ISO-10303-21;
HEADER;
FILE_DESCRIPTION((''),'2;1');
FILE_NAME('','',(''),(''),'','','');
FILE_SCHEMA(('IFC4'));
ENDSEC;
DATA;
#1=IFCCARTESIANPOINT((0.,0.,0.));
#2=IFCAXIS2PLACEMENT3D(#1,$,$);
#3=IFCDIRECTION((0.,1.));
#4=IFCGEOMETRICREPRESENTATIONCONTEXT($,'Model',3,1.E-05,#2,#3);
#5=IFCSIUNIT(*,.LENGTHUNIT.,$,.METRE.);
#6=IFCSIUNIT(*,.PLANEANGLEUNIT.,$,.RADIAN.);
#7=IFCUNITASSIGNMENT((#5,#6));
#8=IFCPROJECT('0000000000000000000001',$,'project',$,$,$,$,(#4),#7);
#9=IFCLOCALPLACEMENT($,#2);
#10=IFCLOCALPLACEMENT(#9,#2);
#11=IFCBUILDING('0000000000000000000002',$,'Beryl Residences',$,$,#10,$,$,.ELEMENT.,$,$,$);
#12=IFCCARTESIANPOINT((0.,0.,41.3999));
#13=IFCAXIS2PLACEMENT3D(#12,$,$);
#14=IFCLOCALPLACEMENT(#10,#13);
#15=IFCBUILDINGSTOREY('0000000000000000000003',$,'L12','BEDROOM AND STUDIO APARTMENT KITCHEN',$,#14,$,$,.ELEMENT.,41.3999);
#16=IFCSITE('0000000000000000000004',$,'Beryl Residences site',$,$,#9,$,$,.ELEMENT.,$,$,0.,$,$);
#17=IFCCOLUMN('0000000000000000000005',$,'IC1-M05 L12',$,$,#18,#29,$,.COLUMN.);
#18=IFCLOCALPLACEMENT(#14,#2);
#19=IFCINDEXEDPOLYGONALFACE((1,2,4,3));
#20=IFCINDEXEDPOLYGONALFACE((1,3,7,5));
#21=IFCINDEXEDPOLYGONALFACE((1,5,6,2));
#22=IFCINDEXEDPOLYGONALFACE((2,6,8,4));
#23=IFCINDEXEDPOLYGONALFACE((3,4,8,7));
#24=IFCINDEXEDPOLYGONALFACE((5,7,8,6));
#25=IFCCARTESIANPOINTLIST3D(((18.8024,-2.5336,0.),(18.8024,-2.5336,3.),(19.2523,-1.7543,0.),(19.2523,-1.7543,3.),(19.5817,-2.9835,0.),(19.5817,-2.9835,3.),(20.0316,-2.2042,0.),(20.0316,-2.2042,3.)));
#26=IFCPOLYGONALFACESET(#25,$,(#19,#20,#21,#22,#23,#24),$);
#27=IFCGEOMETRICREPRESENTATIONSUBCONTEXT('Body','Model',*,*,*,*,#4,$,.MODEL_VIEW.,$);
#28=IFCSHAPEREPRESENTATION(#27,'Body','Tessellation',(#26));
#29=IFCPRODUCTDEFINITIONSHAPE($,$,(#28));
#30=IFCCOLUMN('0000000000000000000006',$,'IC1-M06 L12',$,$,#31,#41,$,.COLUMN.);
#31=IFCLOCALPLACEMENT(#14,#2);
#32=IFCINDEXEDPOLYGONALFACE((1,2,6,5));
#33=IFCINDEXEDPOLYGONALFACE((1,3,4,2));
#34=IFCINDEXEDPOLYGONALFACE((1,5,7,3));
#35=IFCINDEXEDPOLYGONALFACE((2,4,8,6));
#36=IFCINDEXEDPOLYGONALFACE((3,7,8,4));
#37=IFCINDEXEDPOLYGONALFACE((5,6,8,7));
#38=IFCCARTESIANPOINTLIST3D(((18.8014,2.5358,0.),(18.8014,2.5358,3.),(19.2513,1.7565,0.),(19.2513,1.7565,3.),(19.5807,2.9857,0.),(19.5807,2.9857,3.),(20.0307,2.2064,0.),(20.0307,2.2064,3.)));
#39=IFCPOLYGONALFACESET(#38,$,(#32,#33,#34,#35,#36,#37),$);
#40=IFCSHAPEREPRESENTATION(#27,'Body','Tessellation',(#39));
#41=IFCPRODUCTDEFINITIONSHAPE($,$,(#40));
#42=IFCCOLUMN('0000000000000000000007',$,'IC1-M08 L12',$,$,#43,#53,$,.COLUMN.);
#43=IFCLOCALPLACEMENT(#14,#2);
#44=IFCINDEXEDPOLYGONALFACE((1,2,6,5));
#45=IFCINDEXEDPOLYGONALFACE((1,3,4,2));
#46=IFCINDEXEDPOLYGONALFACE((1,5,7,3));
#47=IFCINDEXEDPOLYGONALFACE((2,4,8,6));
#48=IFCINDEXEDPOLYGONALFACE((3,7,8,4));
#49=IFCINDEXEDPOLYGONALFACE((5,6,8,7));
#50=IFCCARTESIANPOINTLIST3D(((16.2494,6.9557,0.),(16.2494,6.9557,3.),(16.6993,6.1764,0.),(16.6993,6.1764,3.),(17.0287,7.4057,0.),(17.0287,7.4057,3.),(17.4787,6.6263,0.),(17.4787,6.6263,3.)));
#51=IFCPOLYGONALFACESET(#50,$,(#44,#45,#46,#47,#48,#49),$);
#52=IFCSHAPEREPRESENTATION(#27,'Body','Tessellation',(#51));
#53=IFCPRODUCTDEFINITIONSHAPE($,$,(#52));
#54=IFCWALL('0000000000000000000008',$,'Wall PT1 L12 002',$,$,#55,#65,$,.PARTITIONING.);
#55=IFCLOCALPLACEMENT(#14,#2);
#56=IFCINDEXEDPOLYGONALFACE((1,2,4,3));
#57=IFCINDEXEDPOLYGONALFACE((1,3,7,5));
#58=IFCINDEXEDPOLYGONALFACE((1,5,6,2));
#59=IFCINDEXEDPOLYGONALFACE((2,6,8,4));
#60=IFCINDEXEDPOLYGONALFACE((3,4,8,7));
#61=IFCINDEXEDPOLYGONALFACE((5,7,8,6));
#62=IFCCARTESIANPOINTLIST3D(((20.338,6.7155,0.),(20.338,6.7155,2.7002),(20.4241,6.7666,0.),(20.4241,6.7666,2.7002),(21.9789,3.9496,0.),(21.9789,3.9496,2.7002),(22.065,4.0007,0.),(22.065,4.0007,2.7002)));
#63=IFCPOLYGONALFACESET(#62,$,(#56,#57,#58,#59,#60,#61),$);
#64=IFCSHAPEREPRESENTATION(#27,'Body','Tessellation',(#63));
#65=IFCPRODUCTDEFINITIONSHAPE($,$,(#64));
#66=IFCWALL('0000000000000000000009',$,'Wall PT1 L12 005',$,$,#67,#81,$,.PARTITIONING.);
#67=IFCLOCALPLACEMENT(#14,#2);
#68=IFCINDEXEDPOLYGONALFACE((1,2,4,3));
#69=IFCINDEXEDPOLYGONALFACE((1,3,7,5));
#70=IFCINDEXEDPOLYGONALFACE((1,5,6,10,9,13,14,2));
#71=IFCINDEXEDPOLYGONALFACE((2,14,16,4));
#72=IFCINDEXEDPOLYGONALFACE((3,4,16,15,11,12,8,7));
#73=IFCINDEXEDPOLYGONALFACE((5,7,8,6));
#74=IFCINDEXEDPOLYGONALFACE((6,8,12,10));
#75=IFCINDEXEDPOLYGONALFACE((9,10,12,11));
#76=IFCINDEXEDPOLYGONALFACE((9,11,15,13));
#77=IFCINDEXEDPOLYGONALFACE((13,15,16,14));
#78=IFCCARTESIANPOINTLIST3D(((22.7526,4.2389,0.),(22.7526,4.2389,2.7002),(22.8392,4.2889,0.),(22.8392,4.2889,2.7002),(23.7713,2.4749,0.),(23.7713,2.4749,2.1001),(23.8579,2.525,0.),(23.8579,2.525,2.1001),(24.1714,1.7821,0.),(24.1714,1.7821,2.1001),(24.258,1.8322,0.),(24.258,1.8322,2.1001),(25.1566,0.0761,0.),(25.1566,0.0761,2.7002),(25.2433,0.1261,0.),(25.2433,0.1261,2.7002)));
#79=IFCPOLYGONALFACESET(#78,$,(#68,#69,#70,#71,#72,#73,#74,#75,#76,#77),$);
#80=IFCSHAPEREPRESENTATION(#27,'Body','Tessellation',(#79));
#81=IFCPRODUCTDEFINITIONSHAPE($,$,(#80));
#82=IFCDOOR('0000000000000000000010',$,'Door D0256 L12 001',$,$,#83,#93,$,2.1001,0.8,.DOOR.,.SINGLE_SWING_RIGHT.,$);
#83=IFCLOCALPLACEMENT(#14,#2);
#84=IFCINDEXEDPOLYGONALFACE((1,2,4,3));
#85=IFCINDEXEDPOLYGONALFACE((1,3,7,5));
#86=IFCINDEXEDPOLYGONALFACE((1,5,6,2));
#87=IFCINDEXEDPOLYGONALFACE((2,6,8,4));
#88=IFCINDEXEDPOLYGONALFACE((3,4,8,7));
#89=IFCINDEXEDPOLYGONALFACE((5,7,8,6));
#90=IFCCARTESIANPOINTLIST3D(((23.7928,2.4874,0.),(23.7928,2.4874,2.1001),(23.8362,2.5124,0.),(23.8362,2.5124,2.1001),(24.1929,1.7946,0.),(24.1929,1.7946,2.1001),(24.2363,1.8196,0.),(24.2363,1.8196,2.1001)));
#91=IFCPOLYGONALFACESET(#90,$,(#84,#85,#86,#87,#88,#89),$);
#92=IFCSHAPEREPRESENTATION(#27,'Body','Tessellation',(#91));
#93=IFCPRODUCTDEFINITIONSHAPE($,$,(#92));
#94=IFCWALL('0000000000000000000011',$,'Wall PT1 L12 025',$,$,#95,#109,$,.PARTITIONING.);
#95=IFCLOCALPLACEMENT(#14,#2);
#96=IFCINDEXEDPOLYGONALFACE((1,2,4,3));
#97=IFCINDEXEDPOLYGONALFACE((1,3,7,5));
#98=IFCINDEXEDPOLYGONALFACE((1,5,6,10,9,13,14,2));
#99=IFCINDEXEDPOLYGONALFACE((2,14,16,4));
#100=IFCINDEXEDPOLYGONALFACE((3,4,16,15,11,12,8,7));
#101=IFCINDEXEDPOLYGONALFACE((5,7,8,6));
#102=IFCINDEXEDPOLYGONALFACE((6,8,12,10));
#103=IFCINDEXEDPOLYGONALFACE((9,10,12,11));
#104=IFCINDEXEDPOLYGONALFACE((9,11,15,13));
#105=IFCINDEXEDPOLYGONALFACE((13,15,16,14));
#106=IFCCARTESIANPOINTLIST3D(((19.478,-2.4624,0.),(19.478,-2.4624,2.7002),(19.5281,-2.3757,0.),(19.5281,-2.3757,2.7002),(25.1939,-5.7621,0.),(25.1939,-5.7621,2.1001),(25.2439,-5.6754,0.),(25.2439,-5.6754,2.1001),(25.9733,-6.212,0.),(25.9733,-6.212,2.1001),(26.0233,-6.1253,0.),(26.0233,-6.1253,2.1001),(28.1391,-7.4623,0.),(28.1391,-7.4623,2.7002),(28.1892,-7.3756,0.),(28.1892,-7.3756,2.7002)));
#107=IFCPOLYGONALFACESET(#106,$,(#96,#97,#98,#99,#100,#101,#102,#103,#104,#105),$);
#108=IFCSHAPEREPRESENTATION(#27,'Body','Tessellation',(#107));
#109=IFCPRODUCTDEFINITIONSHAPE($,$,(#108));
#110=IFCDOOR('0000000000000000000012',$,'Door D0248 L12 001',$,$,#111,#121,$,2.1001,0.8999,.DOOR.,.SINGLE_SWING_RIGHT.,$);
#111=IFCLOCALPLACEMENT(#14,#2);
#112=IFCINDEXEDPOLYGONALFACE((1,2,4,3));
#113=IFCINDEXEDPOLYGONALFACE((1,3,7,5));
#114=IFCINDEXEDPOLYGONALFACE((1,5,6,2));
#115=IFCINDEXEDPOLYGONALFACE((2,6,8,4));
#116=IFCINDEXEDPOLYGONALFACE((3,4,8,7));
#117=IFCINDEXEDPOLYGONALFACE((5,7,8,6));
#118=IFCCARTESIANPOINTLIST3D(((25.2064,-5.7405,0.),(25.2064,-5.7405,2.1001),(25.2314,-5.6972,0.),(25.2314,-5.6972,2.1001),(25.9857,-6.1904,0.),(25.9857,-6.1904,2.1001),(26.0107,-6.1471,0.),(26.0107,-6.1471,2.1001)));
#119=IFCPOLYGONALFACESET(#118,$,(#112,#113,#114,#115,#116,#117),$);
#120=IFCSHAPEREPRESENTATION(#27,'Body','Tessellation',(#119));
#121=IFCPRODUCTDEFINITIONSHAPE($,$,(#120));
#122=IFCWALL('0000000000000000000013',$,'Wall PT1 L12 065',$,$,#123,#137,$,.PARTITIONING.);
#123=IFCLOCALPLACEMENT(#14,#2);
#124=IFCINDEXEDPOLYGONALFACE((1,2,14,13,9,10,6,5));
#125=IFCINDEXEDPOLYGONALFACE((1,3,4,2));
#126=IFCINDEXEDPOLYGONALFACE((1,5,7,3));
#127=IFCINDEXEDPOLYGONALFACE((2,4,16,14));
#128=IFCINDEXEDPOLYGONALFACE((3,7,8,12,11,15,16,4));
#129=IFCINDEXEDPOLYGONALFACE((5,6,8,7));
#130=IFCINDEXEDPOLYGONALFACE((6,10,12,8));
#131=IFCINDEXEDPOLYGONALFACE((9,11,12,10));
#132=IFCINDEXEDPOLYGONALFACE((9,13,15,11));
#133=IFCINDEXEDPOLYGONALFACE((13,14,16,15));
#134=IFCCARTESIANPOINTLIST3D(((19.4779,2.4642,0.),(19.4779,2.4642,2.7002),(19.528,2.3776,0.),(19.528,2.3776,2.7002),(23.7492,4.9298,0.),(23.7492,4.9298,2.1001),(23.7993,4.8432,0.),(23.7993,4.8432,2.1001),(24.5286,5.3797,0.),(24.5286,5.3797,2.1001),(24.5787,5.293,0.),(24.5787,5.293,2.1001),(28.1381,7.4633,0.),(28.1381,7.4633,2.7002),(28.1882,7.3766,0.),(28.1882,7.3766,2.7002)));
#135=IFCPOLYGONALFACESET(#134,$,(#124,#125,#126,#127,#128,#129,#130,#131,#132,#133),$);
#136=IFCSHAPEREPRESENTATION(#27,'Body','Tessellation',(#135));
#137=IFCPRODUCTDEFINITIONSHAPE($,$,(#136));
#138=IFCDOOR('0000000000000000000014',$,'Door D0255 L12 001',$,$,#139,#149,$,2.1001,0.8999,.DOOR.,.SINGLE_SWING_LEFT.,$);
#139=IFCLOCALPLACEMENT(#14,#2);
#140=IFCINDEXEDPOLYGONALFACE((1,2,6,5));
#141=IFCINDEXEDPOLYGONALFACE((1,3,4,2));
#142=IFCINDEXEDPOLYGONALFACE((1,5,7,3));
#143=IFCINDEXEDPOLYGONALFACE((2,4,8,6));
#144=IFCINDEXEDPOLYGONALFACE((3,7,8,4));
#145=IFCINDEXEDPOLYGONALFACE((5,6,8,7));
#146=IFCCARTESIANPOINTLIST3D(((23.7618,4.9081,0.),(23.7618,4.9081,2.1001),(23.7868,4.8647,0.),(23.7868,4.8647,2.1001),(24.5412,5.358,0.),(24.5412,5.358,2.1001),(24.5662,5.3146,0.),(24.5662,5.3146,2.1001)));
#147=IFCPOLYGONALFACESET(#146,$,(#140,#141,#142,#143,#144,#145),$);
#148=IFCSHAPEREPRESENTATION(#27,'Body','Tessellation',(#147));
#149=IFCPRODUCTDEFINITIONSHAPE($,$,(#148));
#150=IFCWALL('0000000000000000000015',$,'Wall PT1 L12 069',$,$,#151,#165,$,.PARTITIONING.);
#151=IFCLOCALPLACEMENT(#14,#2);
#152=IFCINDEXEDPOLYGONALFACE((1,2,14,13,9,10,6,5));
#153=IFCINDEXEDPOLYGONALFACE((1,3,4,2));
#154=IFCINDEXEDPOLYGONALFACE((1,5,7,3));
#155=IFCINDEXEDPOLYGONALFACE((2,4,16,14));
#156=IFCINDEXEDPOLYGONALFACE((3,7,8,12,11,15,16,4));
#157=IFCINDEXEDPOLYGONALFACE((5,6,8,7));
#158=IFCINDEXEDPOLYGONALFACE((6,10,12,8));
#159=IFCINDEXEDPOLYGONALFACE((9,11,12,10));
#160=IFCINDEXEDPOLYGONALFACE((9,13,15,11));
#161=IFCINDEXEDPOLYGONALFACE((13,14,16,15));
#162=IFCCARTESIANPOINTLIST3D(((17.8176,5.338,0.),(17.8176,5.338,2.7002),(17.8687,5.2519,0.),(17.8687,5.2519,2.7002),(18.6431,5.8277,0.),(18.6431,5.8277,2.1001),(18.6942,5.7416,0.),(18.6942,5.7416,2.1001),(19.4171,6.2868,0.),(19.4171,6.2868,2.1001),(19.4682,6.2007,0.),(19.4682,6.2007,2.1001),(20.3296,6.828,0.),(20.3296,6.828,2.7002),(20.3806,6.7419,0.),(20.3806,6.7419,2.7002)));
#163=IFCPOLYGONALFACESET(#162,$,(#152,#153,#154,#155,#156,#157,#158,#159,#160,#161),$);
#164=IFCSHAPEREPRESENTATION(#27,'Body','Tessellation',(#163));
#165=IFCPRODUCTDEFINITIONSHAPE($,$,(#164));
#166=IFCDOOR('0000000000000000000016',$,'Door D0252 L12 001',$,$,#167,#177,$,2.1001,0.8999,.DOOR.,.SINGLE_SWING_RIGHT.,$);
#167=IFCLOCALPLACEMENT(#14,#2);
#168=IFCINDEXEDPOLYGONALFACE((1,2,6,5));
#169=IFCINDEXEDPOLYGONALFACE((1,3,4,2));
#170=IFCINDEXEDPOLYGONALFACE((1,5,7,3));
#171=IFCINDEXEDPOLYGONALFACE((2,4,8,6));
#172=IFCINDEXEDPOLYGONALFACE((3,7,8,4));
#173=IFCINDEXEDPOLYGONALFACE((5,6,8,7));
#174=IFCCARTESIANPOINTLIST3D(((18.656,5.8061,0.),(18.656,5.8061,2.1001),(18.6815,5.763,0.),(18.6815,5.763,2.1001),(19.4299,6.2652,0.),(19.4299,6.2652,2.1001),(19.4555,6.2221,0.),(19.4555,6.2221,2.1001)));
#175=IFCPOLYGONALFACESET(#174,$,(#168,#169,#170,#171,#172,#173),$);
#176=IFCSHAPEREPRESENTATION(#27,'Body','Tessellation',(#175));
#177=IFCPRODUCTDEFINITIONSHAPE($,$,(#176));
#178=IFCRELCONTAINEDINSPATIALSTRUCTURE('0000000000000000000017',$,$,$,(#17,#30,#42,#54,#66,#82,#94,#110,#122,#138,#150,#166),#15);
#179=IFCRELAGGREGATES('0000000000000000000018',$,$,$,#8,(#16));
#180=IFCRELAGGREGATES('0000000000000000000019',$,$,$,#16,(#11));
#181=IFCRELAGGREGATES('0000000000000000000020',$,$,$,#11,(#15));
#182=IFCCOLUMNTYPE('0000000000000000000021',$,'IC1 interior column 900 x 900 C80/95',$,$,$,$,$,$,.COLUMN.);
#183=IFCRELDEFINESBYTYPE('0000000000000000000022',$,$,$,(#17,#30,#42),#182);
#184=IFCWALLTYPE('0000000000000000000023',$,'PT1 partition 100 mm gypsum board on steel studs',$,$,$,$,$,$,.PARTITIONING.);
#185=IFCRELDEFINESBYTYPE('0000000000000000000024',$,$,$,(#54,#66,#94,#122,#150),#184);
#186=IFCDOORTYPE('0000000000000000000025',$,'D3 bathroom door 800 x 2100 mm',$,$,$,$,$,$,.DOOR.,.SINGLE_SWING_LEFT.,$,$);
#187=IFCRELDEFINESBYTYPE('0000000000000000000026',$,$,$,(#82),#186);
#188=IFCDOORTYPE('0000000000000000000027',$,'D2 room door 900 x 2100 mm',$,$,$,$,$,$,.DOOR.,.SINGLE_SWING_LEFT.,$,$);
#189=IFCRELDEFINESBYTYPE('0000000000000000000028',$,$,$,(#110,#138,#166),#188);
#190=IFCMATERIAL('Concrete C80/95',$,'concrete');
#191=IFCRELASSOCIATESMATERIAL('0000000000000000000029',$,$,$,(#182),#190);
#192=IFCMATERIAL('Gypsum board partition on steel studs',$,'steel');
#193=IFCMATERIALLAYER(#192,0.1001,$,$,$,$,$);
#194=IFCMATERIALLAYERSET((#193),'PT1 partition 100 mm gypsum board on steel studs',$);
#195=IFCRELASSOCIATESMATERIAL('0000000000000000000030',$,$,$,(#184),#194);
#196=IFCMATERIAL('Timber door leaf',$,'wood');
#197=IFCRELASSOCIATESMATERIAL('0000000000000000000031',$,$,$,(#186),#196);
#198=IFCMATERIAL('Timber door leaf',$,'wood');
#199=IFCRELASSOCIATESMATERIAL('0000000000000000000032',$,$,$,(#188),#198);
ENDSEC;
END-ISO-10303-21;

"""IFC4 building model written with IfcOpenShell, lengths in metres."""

from ifc_helpers import new_model, si_unit, direction, frame, frame_2d, origin, origin_2d, place, context, subcontext, project, spatial, rectangle, extrude, material, layer, layer_set, material_profile, profile_set, type_object, element, fill, save


model = new_model("IFC4")

# Units and contexts
model_context = context("Model", 3, precision=1e-05, world=origin(), true_north=direction((0.0, 1.0)))
body_context = subcontext(model_context, "Body", "Model", "MODEL_VIEW")
ifc_project = project(units=[si_unit("LENGTHUNIT", "METRE"), si_unit("PLANEANGLEUNIT", "RADIAN")], contexts=[model_context])

# Site, building, storey
site_placement = place(None, origin())
site = spatial("IfcSite", under=ifc_project, at=site_placement, Name="Beryl Residences site", CompositionType="ELEMENT", RefElevation=0.0)
building_placement = place(site_placement, origin())
building = spatial("IfcBuilding", under=site, at=building_placement, Name="Beryl Residences", CompositionType="ELEMENT")
storey_placement = place(building_placement, frame((0.0, 0.0, 41.3999)))
storey = spatial("IfcBuildingStorey", under=building, at=storey_placement, Name="L12", Description="BEDROOM AND STUDIO APARTMENT KITCHEN", CompositionType="ELEMENT", Elevation=41.3999)

# Columns
ifc_material_1 = material(Name="Concrete C80/95", Category="concrete")
ifc_material_profile = material_profile(ifc_material_1, rectangle(XDim=0.8999, YDim=0.8999, at=origin_2d()))
ifc_profile_set = profile_set([ifc_material_profile], Name="Concrete C80/95")
column_type = type_object("IfcColumnType", Name="IC1 interior column 900 x 900 C80/95", PredefinedType="COLUMN", material=ifc_profile_set)
for number, where, z_axis, x_axis, name in (
    (1, (19.417, -2.3689, 0.0), (0.0, 0.0, 1.0), (0.499985, 0.866034, 0.0), "IC1-M05 L12"),
    (2, (19.416, 2.3711, 0.0), (0.0, 0.0, 1.0), (-0.499985, 0.866034, 0.0), "IC1-M06 L12"),
    (3, (16.864, 6.791, 0.0), (0.0, 0.0, 1.0), (-0.499985, 0.866034, 0.0), "IC1-M08 L12"),
):
    element("IfcColumn", number, at=place(storey_placement, frame(where, z_axis=z_axis, x_axis=x_axis)), inside=storey, type_object=column_type, Name=name, PredefinedType="COLUMN", context=body_context, shape_type="SweptSolid", body=[
        extrude(rectangle(XDim=0.8999, YDim=0.8999, at=origin_2d()), origin(), (0.0, 0.0, 1.0), 3.0),
    ])

# Wall
ifc_material_2 = material(Name="Gypsum board partition on steel studs", Category="steel")
ifc_layer_1 = layer(ifc_material_2, 0.1001)
ifc_layer_set_1 = layer_set([ifc_layer_1], Name="PT1 partition 100 mm gypsum board on steel studs")
wall_type_1 = type_object("IfcWallType", Name="PT1 partition 100 mm gypsum board on steel studs", PredefinedType="PARTITIONING", material=ifc_layer_set_1)
wall_1_placement = place(storey_placement, frame((20.3811, 6.741, 0.0), z_axis=(0.0, 0.0, 1.0), x_axis=(0.510225, -0.860041, 0.0)))
element("IfcWall", 4, at=wall_1_placement, inside=storey, type_object=wall_type_1, Name="Wall PT1 L12 002", PredefinedType="PARTITIONING", context=body_context, shape_type="SweptSolid", body=[
    extrude(rectangle(XDim=3.2161, YDim=0.1001, at=frame_2d((1.6079, 0.0))), origin(), (0.0, 0.0, 1.0), 2.7002),
])

# Walls, openings, doors
wall_2_placement = place(storey_placement, frame((22.7959, 4.2639, 0.0), z_axis=(0.0, 0.0, 1.0), x_axis=(0.500099, -0.865968, 0.0)))
wall_2 = element("IfcWall", 5, at=wall_2_placement, inside=storey, type_object=wall_type_1, Name="Wall PT1 L12 005", PredefinedType="PARTITIONING", context=body_context, shape_type="SweptSolid", body=[
    extrude(rectangle(XDim=4.8071, YDim=0.1001, at=frame_2d((2.4036, 0.0))), origin(), (0.0, 0.0, 1.0), 2.7002),
])
opening_1_placement = place(wall_2_placement, frame((2.0371, 0.0, 0.0)))
opening_1 = element("IfcOpeningElement", 6, at=opening_1_placement, cuts=wall_2, PredefinedType="OPENING", context=body_context, shape_type="SweptSolid", body=[
    extrude(rectangle(XDim=0.8, YDim=2.1001, at=frame_2d((0.3999, 1.05))), frame((0.0, 0.0601, 0.0), z_axis=(0.0, -1.0, 0.0), x_axis=(1.0, 0.0, 0.0)), (0.0, 0.0, 1.0), 0.1201),
])
ifc_material_3 = material(Name="Timber door leaf", Category="wood")
door_type_1 = type_object("IfcDoorType", Name="D3 bathroom door 800 x 2100 mm", OperationType="SINGLE_SWING_LEFT", PredefinedType="DOOR", material=ifc_material_3)
door_1_placement = place(opening_1_placement, origin())
door_1 = element("IfcDoor", 7, at=door_1_placement, inside=storey, type_object=door_type_1, Name="Door D0256 L12 001", OperationType="SINGLE_SWING_RIGHT", OverallHeight=2.1001, OverallWidth=0.8, PredefinedType="DOOR", context=body_context, shape_type="SweptSolid", body=[
    extrude(rectangle(XDim=0.8, YDim=2.1001, at=frame_2d((0.3999, 1.05))), frame((0.0, 0.0249, 0.0), z_axis=(0.0, -1.0, 0.0), x_axis=(1.0, 0.0, 0.0)), (0.0, 0.0, 1.0), 0.05),
])
fill(opening_1, door_1)
wall_3_placement = place(storey_placement, frame((19.5029, -2.4189, 0.0), z_axis=(0.0, 0.0, 1.0), x_axis=(0.866047, -0.499962, 0.0)))
wall_3 = element("IfcWall", 8, at=wall_3_placement, inside=storey, type_object=wall_type_1, Name="Wall PT1 L12 025", PredefinedType="PARTITIONING", context=body_context, shape_type="SweptSolid", body=[
    extrude(rectangle(XDim=10.0007, YDim=0.1001, at=frame_2d((5.0005, 0.0))), origin(), (0.0, 0.0, 1.0), 2.7002),
])
opening_2_placement = place(wall_3_placement, frame((6.6001, 0.0, 0.0)))
opening_2 = element("IfcOpeningElement", 9, at=opening_2_placement, cuts=wall_3, PredefinedType="OPENING", context=body_context, shape_type="SweptSolid", body=[
    extrude(rectangle(XDim=0.8999, YDim=2.1001, at=frame_2d((0.45, 1.05))), frame((0.0, 0.0601, 0.0), z_axis=(0.0, -1.0, 0.0), x_axis=(1.0, 0.0, 0.0)), (0.0, 0.0, 1.0), 0.1201),
])
ifc_material_4 = material(Name="Timber door leaf", Category="wood")
door_type_2 = type_object("IfcDoorType", Name="D2 room door 900 x 2100 mm", OperationType="SINGLE_SWING_LEFT", PredefinedType="DOOR", material=ifc_material_4)
door_2_placement = place(opening_2_placement, origin())
door_2 = element("IfcDoor", 10, at=door_2_placement, inside=storey, type_object=door_type_2, Name="Door D0248 L12 001", OperationType="SINGLE_SWING_RIGHT", OverallHeight=2.1001, OverallWidth=0.8999, PredefinedType="DOOR", context=body_context, shape_type="SweptSolid", body=[
    extrude(rectangle(XDim=0.8999, YDim=2.1001, at=frame_2d((0.45, 1.05))), frame((0.0, 0.0249, 0.0), z_axis=(0.0, -1.0, 0.0), x_axis=(1.0, 0.0, 0.0)), (0.0, 0.0, 1.0), 0.05),
])
fill(opening_2, door_2)
wall_4_placement = place(storey_placement, frame((19.5029, 2.4209, 0.0), z_axis=(0.0, 0.0, 1.0), x_axis=(0.866065, 0.499931, 0.0)))
wall_4 = element("IfcWall", 11, at=wall_4_placement, inside=storey, type_object=wall_type_1, Name="Wall PT1 L12 065", PredefinedType="PARTITIONING", context=body_context, shape_type="SweptSolid", body=[
    extrude(rectangle(XDim=9.9995, YDim=0.1001, at=frame_2d((4.9998, 0.0))), origin(), (0.0, 0.0, 1.0), 2.7002),
])
opening_3_placement = place(wall_4_placement, frame((4.9319, 0.0, 0.0)))
opening_3 = element("IfcOpeningElement", 12, at=opening_3_placement, cuts=wall_4, PredefinedType="OPENING", context=body_context, shape_type="SweptSolid", body=[
    extrude(rectangle(XDim=0.8999, YDim=2.1001, at=frame_2d((0.45, 1.05))), frame((0.0, 0.0601, 0.0), z_axis=(0.0, -1.0, 0.0), x_axis=(1.0, 0.0, 0.0)), (0.0, 0.0, 1.0), 0.1201),
])
door_3_placement = place(opening_3_placement, origin())
door_3 = element("IfcDoor", 13, at=door_3_placement, inside=storey, type_object=door_type_2, Name="Door D0255 L12 001", OperationType="SINGLE_SWING_LEFT", OverallHeight=2.1001, OverallWidth=0.8999, PredefinedType="DOOR", context=body_context, shape_type="SweptSolid", body=[
    extrude(rectangle(XDim=0.8999, YDim=2.1001, at=frame_2d((0.45, 1.05))), frame((0.0, 0.0249, 0.0), z_axis=(0.0, -1.0, 0.0), x_axis=(1.0, 0.0, 0.0)), (0.0, 0.0, 1.0), 0.05),
])
fill(opening_3, door_3)
wall_5_placement = place(storey_placement, frame((17.843, 5.2949, 0.0), z_axis=(0.0, 0.0, 1.0), x_axis=(0.860078, 0.510162, 0.0)))
wall_5 = element("IfcWall", 14, at=wall_5_placement, inside=storey, type_object=wall_type_1, Name="Wall PT1 L12 069", PredefinedType="PARTITIONING", context=body_context, shape_type="SweptSolid", body=[
    extrude(rectangle(XDim=2.9207, YDim=0.1001, at=frame_2d((1.4604, 0.0))), origin(), (0.0, 0.0, 1.0), 2.7002),
])
opening_4_placement = place(wall_5_placement, frame((0.96, 0.0, 0.0)))
opening_4 = element("IfcOpeningElement", 15, at=opening_4_placement, cuts=wall_5, PredefinedType="OPENING", context=body_context, shape_type="SweptSolid", body=[
    extrude(rectangle(XDim=0.8999, YDim=2.1001, at=frame_2d((0.45, 1.05))), frame((0.0, 0.0601, 0.0), z_axis=(0.0, -1.0, 0.0), x_axis=(1.0, 0.0, 0.0)), (0.0, 0.0, 1.0), 0.1201),
])
door_4_placement = place(opening_4_placement, origin())
door_4 = element("IfcDoor", 16, at=door_4_placement, inside=storey, type_object=door_type_2, Name="Door D0252 L12 001", OperationType="SINGLE_SWING_RIGHT", OverallHeight=2.1001, OverallWidth=0.8999, PredefinedType="DOOR", context=body_context, shape_type="SweptSolid", body=[
    extrude(rectangle(XDim=0.8999, YDim=2.1001, at=frame_2d((0.45, 1.05))), frame((0.0, 0.0249, 0.0), z_axis=(0.0, -1.0, 0.0), x_axis=(1.0, 0.0, 0.0)), (0.0, 0.0, 1.0), 0.05),
])
fill(opening_4, door_4)

save(model, "model.ifc")
